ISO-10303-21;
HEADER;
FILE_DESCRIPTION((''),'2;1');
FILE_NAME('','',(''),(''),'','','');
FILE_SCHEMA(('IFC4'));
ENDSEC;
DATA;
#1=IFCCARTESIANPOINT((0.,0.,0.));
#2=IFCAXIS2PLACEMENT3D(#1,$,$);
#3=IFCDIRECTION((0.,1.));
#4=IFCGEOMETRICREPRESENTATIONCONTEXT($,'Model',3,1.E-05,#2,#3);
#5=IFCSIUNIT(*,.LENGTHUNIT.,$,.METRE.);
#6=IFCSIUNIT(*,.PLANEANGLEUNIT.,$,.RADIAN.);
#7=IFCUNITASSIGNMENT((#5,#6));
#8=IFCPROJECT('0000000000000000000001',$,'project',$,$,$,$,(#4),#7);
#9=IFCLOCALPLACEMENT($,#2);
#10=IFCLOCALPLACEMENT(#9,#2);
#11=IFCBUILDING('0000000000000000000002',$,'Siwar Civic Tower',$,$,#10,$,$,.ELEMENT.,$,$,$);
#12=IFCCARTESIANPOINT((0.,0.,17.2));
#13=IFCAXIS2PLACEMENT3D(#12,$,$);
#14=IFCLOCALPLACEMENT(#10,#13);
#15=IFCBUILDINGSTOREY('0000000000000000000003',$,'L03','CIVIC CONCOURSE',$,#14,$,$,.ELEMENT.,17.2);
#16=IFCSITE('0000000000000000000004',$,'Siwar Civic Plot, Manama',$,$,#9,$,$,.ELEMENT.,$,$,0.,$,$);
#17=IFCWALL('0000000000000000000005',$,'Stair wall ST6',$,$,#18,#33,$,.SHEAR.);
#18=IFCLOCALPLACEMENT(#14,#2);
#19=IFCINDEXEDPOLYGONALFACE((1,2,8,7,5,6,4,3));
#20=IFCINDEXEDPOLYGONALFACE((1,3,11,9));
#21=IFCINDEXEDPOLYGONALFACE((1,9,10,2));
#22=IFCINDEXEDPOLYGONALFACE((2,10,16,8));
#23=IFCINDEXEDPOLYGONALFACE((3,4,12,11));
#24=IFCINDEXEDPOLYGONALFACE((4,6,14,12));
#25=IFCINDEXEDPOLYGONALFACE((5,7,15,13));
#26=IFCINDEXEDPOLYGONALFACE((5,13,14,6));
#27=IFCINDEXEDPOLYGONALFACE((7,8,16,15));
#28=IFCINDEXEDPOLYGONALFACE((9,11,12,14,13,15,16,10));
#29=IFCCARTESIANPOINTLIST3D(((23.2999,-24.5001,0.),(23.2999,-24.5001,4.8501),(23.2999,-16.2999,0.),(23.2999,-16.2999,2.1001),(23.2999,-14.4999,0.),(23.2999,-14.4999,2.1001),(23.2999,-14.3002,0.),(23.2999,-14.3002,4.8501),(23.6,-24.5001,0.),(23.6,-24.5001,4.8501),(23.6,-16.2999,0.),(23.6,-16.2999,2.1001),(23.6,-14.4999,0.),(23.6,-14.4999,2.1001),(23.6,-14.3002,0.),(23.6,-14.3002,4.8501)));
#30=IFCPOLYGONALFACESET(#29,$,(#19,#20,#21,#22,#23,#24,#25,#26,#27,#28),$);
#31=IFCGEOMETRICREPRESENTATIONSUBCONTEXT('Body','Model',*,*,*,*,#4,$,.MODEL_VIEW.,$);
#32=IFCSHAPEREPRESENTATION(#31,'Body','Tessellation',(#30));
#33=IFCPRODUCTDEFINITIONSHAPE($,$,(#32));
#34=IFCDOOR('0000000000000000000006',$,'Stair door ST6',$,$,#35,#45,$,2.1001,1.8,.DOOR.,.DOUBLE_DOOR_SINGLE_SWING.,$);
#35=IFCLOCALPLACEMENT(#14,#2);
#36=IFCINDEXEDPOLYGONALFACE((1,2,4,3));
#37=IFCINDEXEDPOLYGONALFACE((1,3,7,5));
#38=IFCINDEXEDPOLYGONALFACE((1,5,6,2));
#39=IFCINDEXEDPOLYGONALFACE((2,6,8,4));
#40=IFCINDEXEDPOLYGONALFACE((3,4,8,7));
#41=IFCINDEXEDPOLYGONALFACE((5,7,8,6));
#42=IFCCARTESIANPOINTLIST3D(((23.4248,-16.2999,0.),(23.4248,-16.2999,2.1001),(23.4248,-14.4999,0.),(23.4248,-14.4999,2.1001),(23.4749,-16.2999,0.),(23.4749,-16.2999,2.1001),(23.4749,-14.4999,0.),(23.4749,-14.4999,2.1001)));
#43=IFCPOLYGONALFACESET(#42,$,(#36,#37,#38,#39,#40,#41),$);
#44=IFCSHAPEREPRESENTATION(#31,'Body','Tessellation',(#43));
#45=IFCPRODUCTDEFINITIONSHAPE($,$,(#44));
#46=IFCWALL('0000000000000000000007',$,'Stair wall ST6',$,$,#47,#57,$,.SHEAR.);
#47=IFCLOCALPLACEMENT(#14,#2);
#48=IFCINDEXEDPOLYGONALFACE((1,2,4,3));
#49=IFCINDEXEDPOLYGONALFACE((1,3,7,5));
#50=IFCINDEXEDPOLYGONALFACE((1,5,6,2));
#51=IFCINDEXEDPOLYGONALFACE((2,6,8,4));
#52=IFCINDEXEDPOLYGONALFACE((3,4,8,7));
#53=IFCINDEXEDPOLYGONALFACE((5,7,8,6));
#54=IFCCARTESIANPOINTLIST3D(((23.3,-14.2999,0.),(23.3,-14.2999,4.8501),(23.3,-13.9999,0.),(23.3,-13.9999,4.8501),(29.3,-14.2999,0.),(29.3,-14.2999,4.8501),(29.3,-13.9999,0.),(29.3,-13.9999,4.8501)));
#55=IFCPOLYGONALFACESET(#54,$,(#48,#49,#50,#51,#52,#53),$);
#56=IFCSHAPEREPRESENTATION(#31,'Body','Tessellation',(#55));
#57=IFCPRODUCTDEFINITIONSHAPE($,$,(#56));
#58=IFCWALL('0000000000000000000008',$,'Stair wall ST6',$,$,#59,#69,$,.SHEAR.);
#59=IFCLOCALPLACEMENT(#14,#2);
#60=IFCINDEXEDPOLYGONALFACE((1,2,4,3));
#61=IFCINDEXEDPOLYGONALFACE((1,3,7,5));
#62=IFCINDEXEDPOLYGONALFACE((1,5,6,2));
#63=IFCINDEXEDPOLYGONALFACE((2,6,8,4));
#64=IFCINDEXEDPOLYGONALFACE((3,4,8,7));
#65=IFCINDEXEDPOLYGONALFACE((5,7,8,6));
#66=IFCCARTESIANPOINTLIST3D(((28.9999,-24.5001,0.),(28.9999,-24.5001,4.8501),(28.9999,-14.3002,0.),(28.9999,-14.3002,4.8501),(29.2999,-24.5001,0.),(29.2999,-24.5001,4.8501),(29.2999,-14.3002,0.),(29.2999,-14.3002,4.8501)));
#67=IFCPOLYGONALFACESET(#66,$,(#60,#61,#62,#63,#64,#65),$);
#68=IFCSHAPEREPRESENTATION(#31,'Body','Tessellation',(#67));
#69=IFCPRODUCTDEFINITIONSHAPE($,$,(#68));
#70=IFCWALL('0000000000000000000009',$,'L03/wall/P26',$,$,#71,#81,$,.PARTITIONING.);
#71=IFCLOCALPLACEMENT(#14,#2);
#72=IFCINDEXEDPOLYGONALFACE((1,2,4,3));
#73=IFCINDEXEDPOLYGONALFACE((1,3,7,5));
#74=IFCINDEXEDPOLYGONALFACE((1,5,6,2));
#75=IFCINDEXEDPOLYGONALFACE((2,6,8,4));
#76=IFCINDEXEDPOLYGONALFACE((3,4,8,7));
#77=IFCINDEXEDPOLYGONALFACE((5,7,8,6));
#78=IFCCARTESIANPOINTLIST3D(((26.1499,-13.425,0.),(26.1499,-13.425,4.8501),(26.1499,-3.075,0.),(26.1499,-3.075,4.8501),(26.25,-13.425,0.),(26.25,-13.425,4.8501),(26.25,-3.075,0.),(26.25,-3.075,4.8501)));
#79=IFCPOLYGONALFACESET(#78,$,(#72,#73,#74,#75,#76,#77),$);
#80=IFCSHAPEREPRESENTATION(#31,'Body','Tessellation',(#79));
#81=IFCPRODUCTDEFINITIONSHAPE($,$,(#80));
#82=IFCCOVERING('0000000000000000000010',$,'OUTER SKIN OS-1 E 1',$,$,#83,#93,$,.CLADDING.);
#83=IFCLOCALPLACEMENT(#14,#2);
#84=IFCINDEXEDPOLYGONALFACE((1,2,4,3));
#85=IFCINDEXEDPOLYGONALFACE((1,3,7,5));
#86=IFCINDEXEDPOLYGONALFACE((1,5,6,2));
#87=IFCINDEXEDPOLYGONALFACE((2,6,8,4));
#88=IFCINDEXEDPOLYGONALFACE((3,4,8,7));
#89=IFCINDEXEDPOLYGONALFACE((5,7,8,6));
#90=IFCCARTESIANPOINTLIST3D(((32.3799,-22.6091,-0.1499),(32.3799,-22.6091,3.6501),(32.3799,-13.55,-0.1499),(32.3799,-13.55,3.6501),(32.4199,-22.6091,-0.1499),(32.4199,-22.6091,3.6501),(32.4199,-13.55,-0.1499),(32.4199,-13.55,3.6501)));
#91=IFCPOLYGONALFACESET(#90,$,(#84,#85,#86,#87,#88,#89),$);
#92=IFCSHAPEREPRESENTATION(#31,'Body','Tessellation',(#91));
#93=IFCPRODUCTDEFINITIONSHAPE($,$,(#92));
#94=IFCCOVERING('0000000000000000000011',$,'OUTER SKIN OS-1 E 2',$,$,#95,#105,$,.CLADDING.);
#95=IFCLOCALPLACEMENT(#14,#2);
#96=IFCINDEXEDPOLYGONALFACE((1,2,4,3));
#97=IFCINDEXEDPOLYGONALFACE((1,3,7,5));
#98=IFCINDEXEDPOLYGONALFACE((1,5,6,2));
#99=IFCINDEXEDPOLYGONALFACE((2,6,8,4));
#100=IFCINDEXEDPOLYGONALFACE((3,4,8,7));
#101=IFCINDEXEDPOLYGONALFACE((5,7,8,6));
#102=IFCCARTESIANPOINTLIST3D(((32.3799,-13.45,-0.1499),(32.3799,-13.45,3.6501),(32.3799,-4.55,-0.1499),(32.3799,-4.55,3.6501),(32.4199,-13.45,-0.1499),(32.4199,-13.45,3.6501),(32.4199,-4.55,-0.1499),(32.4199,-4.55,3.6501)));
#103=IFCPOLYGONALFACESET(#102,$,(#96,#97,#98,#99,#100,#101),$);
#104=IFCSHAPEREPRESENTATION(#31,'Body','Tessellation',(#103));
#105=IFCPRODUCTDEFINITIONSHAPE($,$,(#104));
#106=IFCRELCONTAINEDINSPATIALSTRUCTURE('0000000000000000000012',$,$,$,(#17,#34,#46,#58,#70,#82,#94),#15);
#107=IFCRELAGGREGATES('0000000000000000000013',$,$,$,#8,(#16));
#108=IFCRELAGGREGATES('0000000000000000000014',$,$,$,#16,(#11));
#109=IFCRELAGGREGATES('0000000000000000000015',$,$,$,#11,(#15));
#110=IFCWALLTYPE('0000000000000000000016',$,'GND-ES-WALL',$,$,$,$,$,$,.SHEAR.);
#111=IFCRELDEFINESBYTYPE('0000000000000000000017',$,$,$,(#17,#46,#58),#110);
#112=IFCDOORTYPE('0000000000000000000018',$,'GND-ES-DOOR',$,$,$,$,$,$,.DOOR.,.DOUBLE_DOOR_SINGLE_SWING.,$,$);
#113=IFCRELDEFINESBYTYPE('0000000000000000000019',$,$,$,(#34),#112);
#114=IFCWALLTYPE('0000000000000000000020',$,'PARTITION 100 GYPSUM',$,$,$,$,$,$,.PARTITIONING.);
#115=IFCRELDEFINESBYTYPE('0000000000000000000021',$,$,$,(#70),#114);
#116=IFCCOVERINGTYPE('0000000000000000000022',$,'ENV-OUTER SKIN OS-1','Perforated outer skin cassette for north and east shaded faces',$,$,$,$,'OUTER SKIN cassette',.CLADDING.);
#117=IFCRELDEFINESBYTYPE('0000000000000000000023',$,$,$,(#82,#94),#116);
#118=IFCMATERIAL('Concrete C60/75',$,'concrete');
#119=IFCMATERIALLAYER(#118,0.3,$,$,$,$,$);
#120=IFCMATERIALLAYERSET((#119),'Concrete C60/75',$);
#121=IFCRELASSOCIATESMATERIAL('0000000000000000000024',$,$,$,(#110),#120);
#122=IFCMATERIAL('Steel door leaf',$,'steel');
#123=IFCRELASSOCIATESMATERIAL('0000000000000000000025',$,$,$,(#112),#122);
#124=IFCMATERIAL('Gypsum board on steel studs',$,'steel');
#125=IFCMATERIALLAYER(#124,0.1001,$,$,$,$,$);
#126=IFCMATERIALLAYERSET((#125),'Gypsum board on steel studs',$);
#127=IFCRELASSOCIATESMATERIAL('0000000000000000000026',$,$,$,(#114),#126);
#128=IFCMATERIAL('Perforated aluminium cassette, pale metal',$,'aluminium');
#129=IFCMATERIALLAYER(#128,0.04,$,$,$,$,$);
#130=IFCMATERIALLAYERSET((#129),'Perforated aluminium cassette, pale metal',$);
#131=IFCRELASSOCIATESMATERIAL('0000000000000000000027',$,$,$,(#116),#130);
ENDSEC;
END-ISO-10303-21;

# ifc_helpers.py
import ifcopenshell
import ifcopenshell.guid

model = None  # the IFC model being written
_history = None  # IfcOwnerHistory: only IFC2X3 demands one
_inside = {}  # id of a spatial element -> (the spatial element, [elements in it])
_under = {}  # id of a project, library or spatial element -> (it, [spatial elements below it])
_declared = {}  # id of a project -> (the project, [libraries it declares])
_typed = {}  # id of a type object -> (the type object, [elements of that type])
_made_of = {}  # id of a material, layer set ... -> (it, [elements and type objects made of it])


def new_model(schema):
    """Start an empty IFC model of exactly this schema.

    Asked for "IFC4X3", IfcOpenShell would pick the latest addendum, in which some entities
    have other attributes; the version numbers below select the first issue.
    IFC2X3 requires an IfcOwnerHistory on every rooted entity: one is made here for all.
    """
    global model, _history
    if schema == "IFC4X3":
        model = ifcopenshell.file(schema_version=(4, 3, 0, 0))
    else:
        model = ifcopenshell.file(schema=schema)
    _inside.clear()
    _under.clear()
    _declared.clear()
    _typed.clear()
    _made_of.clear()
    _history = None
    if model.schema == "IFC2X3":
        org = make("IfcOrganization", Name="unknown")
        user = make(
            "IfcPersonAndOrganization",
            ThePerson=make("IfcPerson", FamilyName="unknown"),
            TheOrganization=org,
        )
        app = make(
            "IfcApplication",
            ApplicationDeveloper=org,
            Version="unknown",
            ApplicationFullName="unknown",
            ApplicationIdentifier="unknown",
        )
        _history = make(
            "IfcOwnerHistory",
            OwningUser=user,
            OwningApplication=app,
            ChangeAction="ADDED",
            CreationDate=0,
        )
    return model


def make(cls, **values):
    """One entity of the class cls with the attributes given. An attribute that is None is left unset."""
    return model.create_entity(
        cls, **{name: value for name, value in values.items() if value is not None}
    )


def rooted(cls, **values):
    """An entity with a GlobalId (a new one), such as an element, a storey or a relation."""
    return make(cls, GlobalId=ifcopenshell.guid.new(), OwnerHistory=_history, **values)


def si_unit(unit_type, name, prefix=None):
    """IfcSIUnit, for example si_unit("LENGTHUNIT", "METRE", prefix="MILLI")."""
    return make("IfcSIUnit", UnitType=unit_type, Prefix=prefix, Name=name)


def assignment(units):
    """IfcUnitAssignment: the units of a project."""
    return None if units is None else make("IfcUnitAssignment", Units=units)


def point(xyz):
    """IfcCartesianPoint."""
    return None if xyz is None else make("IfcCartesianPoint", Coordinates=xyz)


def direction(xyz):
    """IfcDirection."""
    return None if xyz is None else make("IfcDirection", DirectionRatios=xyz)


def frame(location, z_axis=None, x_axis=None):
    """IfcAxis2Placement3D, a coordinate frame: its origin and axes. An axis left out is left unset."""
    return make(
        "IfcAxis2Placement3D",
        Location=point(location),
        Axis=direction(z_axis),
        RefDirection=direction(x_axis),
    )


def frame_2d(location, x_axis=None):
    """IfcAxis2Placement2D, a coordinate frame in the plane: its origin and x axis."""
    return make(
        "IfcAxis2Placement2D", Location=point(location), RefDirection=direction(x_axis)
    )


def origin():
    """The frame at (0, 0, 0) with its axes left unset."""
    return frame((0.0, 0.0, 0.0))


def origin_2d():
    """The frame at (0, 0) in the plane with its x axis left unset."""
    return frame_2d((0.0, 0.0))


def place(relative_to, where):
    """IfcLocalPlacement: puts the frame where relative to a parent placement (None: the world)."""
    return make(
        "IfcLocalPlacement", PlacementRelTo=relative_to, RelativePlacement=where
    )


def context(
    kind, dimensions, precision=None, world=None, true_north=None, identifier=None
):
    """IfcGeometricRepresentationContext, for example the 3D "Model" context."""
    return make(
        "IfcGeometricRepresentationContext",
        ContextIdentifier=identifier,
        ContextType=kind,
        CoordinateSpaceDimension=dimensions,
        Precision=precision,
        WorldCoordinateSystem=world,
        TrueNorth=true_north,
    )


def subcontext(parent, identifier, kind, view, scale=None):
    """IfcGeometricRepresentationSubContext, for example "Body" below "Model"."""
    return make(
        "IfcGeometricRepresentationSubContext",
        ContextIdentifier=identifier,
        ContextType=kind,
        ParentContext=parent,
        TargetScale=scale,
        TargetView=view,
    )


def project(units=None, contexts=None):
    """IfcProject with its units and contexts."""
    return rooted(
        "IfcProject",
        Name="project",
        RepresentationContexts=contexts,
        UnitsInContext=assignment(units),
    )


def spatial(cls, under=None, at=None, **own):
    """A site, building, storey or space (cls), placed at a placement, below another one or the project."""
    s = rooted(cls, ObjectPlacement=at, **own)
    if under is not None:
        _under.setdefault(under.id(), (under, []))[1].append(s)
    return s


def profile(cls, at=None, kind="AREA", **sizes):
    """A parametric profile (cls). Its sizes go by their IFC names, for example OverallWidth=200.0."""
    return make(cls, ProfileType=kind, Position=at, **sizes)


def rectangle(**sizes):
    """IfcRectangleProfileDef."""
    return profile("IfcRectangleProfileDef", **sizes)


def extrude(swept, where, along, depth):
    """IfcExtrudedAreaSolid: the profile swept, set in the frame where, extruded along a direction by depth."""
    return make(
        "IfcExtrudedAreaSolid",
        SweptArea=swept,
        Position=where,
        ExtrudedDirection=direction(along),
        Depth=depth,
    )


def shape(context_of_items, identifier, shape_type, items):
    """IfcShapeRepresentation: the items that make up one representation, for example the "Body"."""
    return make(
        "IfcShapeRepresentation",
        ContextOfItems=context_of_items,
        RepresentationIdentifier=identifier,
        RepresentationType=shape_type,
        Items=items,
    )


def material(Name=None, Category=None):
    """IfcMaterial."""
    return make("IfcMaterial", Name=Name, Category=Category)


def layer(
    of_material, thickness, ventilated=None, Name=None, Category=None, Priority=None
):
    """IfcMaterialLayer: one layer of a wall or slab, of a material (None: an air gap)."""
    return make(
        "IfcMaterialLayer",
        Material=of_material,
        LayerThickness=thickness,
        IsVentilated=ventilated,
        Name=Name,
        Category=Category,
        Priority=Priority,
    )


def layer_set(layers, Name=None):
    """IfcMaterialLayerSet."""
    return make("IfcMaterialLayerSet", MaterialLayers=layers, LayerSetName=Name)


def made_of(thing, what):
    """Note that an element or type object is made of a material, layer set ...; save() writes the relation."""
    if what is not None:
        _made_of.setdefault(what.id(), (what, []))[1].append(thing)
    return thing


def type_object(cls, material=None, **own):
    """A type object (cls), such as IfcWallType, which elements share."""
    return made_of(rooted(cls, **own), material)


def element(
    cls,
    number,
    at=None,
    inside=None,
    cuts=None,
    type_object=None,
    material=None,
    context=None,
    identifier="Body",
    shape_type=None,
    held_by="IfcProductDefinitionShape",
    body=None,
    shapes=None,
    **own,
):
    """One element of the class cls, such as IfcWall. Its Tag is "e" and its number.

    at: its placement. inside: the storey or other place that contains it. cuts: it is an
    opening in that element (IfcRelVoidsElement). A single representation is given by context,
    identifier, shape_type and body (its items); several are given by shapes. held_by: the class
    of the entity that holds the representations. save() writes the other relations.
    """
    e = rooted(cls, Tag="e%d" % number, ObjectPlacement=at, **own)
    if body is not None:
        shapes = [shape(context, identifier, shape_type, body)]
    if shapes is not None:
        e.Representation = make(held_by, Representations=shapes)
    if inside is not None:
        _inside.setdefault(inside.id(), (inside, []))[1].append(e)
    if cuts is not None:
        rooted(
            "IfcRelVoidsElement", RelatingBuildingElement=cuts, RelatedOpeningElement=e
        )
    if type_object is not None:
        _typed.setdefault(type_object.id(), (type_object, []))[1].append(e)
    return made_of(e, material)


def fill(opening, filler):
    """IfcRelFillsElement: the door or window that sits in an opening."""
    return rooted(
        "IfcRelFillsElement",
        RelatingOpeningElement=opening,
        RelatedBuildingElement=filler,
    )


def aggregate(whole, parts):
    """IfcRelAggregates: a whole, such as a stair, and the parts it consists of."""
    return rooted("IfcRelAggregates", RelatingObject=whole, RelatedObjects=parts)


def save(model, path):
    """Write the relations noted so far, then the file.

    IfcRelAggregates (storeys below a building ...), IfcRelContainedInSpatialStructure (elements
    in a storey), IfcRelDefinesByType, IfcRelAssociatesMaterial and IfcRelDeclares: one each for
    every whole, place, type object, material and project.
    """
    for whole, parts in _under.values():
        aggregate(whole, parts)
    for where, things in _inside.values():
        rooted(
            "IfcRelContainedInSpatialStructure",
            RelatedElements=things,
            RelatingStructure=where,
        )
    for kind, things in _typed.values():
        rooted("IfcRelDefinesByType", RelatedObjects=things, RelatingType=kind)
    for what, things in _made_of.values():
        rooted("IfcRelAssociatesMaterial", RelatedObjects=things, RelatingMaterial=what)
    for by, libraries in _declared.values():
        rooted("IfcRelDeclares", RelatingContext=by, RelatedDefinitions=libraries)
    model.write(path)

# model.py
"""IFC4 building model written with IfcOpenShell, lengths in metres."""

from ifc_helpers import new_model, si_unit, direction, frame, frame_2d, origin, origin_2d, place, context, subcontext, project, spatial, rectangle, extrude, material, layer, layer_set, type_object, element, fill, save


model = new_model("IFC4")

# Units and contexts
model_context = context("Model", 3, precision=1e-05, world=origin(), true_north=direction((0.0, 1.0)))
body_context = subcontext(model_context, "Body", "Model", "MODEL_VIEW")
ifc_project = project(units=[si_unit("LENGTHUNIT", "METRE"), si_unit("PLANEANGLEUNIT", "RADIAN")], contexts=[model_context])

# Site, building, storey
site_placement = place(None, origin())
site = spatial("IfcSite", under=ifc_project, at=site_placement, Name="Siwar Civic Plot, Manama", CompositionType="ELEMENT", RefElevation=0.0)
building_placement = place(site_placement, origin())
building = spatial("IfcBuilding", under=site, at=building_placement, Name="Siwar Civic Tower", CompositionType="ELEMENT")
storey_placement = place(building_placement, frame((0.0, 0.0, 17.2)))
storey = spatial("IfcBuildingStorey", under=building, at=storey_placement, Name="L03", Description="CIVIC CONCOURSE", CompositionType="ELEMENT", Elevation=17.2)

# Wall, opening, door
ifc_material_1 = material(Name="Concrete C60/75", Category="concrete")
ifc_layer_1 = layer(ifc_material_1, 0.3)
ifc_layer_set_1 = layer_set([ifc_layer_1], Name="Concrete C60/75")
wall_type_1 = type_object("IfcWallType", Name="GND-ES-WALL", PredefinedType="SHEAR", material=ifc_layer_set_1)
wall_1_placement = place(storey_placement, frame((23.45, -14.3, 0.0), z_axis=(0.0, 0.0, 1.0), x_axis=(0.0, -1.0, 0.0)))
wall_1 = element("IfcWall", 1, at=wall_1_placement, inside=storey, type_object=wall_type_1, Name="Stair wall ST6", PredefinedType="SHEAR", context=body_context, shape_type="SweptSolid", body=[
    extrude(rectangle(XDim=10.2, YDim=0.3, at=frame_2d((5.1001, 0.0))), origin(), (0.0, 0.0, 1.0), 4.8501),
])
opening_1_placement = place(wall_1_placement, frame((0.2, 0.0, 0.0)))
opening_1 = element("IfcOpeningElement", 2, at=opening_1_placement, cuts=wall_1, PredefinedType="OPENING", context=body_context, shape_type="SweptSolid", body=[
    extrude(rectangle(XDim=1.8, YDim=2.1001, at=frame_2d((0.8999, 1.05))), frame((0.0, 0.1602, 0.0), z_axis=(0.0, -1.0, 0.0), x_axis=(1.0, 0.0, 0.0)), (0.0, 0.0, 1.0), 0.3201),
])
ifc_material_2 = material(Name="Steel door leaf", Category="steel")
door_type_1 = type_object("IfcDoorType", Name="GND-ES-DOOR", OperationType="DOUBLE_DOOR_SINGLE_SWING", PredefinedType="DOOR", material=ifc_material_2)
door_1_placement = place(opening_1_placement, origin())
door_1 = element("IfcDoor", 3, at=door_1_placement, inside=storey, type_object=door_type_1, Name="Stair door ST6", OperationType="DOUBLE_DOOR_SINGLE_SWING", OverallHeight=2.1001, OverallWidth=1.8, PredefinedType="DOOR", context=body_context, shape_type="SweptSolid", body=[
    extrude(rectangle(XDim=1.8, YDim=2.1001, at=frame_2d((0.8999, 1.05))), frame((0.0, 0.0249, 0.0), z_axis=(0.0, -1.0, 0.0), x_axis=(1.0, 0.0, 0.0)), (0.0, 0.0, 1.0), 0.05),
])
fill(opening_1, door_1)

# Walls
wall_2_placement = place(storey_placement, frame((29.3, -14.1499, 0.0), z_axis=(0.0, 0.0, 1.0), x_axis=(-1.0, 0.0, 0.0)))
element("IfcWall", 4, at=wall_2_placement, inside=storey, type_object=wall_type_1, Name="Stair wall ST6", PredefinedType="SHEAR", context=body_context, shape_type="SweptSolid", body=[
    extrude(rectangle(XDim=6.0, YDim=0.3, at=frame_2d((3.0, 0.0))), origin(), (0.0, 0.0, 1.0), 4.8501),
])
wall_3_placement = place(storey_placement, frame((29.1499, -14.3, 0.0), z_axis=(0.0, 0.0, 1.0), x_axis=(0.0, -1.0, 0.0)))
element("IfcWall", 5, at=wall_3_placement, inside=storey, type_object=wall_type_1, Name="Stair wall ST6", PredefinedType="SHEAR", context=body_context, shape_type="SweptSolid", body=[
    extrude(rectangle(XDim=10.2, YDim=0.3, at=frame_2d((5.1001, 0.0))), origin(), (0.0, 0.0, 1.0), 4.8501),
])
ifc_material_3 = material(Name="Gypsum board on steel studs", Category="steel")
ifc_layer_2 = layer(ifc_material_3, 0.1001)
ifc_layer_set_2 = layer_set([ifc_layer_2], Name="Gypsum board on steel studs")
wall_type_2 = type_object("IfcWallType", Name="PARTITION 100 GYPSUM", PredefinedType="PARTITIONING", material=ifc_layer_set_2)
wall_4_placement = place(storey_placement, frame((26.2, -13.425, 0.0), z_axis=(0.0, 0.0, 1.0), x_axis=(0.0, 1.0, 0.0)))
element("IfcWall", 6, at=wall_4_placement, inside=storey, type_object=wall_type_2, Name="L03/wall/P26", PredefinedType="PARTITIONING", context=body_context, shape_type="SweptSolid", body=[
    extrude(rectangle(XDim=10.3501, YDim=0.1001, at=frame_2d((5.175, 0.0))), origin(), (0.0, 0.0, 1.0), 4.8501),
])

# Coverings
ifc_material_4 = material(Name="Perforated aluminium cassette, pale metal", Category="aluminium")
ifc_layer_3 = layer(ifc_material_4, 0.04)
ifc_layer_set_3 = layer_set([ifc_layer_3], Name="Perforated aluminium cassette, pale metal")
covering_type = type_object("IfcCoveringType", Name="ENV-OUTER SKIN OS-1", Description="Perforated outer skin cassette for north and east shaded faces", ElementType="OUTER SKIN cassette", PredefinedType="CLADDING", material=ifc_layer_set_3)
covering_1_placement = place(storey_placement, frame((32.3999, -18.0796, -0.1499), z_axis=(0.0, 0.0, 1.0), x_axis=(0.0, 1.0, 0.0)))
element("IfcCovering", 7, at=covering_1_placement, inside=storey, type_object=covering_type, Name="OUTER SKIN OS-1 E 1", PredefinedType="CLADDING", context=body_context, shape_type="SweptSolid", body=[
    extrude(rectangle(XDim=9.0591, YDim=0.04, at=origin_2d()), origin(), (0.0, 0.0, 1.0), 3.8),
])
covering_2_placement = place(storey_placement, frame((32.3999, -9.0, -0.1499), z_axis=(0.0, 0.0, 1.0), x_axis=(0.0, 1.0, 0.0)))
element("IfcCovering", 8, at=covering_2_placement, inside=storey, type_object=covering_type, Name="OUTER SKIN OS-1 E 2", PredefinedType="CLADDING", context=body_context, shape_type="SweptSolid", body=[
    extrude(rectangle(XDim=8.8999, YDim=0.04, at=origin_2d()), origin(), (0.0, 0.0, 1.0), 3.8),
])

save(model, "model.ifc")
